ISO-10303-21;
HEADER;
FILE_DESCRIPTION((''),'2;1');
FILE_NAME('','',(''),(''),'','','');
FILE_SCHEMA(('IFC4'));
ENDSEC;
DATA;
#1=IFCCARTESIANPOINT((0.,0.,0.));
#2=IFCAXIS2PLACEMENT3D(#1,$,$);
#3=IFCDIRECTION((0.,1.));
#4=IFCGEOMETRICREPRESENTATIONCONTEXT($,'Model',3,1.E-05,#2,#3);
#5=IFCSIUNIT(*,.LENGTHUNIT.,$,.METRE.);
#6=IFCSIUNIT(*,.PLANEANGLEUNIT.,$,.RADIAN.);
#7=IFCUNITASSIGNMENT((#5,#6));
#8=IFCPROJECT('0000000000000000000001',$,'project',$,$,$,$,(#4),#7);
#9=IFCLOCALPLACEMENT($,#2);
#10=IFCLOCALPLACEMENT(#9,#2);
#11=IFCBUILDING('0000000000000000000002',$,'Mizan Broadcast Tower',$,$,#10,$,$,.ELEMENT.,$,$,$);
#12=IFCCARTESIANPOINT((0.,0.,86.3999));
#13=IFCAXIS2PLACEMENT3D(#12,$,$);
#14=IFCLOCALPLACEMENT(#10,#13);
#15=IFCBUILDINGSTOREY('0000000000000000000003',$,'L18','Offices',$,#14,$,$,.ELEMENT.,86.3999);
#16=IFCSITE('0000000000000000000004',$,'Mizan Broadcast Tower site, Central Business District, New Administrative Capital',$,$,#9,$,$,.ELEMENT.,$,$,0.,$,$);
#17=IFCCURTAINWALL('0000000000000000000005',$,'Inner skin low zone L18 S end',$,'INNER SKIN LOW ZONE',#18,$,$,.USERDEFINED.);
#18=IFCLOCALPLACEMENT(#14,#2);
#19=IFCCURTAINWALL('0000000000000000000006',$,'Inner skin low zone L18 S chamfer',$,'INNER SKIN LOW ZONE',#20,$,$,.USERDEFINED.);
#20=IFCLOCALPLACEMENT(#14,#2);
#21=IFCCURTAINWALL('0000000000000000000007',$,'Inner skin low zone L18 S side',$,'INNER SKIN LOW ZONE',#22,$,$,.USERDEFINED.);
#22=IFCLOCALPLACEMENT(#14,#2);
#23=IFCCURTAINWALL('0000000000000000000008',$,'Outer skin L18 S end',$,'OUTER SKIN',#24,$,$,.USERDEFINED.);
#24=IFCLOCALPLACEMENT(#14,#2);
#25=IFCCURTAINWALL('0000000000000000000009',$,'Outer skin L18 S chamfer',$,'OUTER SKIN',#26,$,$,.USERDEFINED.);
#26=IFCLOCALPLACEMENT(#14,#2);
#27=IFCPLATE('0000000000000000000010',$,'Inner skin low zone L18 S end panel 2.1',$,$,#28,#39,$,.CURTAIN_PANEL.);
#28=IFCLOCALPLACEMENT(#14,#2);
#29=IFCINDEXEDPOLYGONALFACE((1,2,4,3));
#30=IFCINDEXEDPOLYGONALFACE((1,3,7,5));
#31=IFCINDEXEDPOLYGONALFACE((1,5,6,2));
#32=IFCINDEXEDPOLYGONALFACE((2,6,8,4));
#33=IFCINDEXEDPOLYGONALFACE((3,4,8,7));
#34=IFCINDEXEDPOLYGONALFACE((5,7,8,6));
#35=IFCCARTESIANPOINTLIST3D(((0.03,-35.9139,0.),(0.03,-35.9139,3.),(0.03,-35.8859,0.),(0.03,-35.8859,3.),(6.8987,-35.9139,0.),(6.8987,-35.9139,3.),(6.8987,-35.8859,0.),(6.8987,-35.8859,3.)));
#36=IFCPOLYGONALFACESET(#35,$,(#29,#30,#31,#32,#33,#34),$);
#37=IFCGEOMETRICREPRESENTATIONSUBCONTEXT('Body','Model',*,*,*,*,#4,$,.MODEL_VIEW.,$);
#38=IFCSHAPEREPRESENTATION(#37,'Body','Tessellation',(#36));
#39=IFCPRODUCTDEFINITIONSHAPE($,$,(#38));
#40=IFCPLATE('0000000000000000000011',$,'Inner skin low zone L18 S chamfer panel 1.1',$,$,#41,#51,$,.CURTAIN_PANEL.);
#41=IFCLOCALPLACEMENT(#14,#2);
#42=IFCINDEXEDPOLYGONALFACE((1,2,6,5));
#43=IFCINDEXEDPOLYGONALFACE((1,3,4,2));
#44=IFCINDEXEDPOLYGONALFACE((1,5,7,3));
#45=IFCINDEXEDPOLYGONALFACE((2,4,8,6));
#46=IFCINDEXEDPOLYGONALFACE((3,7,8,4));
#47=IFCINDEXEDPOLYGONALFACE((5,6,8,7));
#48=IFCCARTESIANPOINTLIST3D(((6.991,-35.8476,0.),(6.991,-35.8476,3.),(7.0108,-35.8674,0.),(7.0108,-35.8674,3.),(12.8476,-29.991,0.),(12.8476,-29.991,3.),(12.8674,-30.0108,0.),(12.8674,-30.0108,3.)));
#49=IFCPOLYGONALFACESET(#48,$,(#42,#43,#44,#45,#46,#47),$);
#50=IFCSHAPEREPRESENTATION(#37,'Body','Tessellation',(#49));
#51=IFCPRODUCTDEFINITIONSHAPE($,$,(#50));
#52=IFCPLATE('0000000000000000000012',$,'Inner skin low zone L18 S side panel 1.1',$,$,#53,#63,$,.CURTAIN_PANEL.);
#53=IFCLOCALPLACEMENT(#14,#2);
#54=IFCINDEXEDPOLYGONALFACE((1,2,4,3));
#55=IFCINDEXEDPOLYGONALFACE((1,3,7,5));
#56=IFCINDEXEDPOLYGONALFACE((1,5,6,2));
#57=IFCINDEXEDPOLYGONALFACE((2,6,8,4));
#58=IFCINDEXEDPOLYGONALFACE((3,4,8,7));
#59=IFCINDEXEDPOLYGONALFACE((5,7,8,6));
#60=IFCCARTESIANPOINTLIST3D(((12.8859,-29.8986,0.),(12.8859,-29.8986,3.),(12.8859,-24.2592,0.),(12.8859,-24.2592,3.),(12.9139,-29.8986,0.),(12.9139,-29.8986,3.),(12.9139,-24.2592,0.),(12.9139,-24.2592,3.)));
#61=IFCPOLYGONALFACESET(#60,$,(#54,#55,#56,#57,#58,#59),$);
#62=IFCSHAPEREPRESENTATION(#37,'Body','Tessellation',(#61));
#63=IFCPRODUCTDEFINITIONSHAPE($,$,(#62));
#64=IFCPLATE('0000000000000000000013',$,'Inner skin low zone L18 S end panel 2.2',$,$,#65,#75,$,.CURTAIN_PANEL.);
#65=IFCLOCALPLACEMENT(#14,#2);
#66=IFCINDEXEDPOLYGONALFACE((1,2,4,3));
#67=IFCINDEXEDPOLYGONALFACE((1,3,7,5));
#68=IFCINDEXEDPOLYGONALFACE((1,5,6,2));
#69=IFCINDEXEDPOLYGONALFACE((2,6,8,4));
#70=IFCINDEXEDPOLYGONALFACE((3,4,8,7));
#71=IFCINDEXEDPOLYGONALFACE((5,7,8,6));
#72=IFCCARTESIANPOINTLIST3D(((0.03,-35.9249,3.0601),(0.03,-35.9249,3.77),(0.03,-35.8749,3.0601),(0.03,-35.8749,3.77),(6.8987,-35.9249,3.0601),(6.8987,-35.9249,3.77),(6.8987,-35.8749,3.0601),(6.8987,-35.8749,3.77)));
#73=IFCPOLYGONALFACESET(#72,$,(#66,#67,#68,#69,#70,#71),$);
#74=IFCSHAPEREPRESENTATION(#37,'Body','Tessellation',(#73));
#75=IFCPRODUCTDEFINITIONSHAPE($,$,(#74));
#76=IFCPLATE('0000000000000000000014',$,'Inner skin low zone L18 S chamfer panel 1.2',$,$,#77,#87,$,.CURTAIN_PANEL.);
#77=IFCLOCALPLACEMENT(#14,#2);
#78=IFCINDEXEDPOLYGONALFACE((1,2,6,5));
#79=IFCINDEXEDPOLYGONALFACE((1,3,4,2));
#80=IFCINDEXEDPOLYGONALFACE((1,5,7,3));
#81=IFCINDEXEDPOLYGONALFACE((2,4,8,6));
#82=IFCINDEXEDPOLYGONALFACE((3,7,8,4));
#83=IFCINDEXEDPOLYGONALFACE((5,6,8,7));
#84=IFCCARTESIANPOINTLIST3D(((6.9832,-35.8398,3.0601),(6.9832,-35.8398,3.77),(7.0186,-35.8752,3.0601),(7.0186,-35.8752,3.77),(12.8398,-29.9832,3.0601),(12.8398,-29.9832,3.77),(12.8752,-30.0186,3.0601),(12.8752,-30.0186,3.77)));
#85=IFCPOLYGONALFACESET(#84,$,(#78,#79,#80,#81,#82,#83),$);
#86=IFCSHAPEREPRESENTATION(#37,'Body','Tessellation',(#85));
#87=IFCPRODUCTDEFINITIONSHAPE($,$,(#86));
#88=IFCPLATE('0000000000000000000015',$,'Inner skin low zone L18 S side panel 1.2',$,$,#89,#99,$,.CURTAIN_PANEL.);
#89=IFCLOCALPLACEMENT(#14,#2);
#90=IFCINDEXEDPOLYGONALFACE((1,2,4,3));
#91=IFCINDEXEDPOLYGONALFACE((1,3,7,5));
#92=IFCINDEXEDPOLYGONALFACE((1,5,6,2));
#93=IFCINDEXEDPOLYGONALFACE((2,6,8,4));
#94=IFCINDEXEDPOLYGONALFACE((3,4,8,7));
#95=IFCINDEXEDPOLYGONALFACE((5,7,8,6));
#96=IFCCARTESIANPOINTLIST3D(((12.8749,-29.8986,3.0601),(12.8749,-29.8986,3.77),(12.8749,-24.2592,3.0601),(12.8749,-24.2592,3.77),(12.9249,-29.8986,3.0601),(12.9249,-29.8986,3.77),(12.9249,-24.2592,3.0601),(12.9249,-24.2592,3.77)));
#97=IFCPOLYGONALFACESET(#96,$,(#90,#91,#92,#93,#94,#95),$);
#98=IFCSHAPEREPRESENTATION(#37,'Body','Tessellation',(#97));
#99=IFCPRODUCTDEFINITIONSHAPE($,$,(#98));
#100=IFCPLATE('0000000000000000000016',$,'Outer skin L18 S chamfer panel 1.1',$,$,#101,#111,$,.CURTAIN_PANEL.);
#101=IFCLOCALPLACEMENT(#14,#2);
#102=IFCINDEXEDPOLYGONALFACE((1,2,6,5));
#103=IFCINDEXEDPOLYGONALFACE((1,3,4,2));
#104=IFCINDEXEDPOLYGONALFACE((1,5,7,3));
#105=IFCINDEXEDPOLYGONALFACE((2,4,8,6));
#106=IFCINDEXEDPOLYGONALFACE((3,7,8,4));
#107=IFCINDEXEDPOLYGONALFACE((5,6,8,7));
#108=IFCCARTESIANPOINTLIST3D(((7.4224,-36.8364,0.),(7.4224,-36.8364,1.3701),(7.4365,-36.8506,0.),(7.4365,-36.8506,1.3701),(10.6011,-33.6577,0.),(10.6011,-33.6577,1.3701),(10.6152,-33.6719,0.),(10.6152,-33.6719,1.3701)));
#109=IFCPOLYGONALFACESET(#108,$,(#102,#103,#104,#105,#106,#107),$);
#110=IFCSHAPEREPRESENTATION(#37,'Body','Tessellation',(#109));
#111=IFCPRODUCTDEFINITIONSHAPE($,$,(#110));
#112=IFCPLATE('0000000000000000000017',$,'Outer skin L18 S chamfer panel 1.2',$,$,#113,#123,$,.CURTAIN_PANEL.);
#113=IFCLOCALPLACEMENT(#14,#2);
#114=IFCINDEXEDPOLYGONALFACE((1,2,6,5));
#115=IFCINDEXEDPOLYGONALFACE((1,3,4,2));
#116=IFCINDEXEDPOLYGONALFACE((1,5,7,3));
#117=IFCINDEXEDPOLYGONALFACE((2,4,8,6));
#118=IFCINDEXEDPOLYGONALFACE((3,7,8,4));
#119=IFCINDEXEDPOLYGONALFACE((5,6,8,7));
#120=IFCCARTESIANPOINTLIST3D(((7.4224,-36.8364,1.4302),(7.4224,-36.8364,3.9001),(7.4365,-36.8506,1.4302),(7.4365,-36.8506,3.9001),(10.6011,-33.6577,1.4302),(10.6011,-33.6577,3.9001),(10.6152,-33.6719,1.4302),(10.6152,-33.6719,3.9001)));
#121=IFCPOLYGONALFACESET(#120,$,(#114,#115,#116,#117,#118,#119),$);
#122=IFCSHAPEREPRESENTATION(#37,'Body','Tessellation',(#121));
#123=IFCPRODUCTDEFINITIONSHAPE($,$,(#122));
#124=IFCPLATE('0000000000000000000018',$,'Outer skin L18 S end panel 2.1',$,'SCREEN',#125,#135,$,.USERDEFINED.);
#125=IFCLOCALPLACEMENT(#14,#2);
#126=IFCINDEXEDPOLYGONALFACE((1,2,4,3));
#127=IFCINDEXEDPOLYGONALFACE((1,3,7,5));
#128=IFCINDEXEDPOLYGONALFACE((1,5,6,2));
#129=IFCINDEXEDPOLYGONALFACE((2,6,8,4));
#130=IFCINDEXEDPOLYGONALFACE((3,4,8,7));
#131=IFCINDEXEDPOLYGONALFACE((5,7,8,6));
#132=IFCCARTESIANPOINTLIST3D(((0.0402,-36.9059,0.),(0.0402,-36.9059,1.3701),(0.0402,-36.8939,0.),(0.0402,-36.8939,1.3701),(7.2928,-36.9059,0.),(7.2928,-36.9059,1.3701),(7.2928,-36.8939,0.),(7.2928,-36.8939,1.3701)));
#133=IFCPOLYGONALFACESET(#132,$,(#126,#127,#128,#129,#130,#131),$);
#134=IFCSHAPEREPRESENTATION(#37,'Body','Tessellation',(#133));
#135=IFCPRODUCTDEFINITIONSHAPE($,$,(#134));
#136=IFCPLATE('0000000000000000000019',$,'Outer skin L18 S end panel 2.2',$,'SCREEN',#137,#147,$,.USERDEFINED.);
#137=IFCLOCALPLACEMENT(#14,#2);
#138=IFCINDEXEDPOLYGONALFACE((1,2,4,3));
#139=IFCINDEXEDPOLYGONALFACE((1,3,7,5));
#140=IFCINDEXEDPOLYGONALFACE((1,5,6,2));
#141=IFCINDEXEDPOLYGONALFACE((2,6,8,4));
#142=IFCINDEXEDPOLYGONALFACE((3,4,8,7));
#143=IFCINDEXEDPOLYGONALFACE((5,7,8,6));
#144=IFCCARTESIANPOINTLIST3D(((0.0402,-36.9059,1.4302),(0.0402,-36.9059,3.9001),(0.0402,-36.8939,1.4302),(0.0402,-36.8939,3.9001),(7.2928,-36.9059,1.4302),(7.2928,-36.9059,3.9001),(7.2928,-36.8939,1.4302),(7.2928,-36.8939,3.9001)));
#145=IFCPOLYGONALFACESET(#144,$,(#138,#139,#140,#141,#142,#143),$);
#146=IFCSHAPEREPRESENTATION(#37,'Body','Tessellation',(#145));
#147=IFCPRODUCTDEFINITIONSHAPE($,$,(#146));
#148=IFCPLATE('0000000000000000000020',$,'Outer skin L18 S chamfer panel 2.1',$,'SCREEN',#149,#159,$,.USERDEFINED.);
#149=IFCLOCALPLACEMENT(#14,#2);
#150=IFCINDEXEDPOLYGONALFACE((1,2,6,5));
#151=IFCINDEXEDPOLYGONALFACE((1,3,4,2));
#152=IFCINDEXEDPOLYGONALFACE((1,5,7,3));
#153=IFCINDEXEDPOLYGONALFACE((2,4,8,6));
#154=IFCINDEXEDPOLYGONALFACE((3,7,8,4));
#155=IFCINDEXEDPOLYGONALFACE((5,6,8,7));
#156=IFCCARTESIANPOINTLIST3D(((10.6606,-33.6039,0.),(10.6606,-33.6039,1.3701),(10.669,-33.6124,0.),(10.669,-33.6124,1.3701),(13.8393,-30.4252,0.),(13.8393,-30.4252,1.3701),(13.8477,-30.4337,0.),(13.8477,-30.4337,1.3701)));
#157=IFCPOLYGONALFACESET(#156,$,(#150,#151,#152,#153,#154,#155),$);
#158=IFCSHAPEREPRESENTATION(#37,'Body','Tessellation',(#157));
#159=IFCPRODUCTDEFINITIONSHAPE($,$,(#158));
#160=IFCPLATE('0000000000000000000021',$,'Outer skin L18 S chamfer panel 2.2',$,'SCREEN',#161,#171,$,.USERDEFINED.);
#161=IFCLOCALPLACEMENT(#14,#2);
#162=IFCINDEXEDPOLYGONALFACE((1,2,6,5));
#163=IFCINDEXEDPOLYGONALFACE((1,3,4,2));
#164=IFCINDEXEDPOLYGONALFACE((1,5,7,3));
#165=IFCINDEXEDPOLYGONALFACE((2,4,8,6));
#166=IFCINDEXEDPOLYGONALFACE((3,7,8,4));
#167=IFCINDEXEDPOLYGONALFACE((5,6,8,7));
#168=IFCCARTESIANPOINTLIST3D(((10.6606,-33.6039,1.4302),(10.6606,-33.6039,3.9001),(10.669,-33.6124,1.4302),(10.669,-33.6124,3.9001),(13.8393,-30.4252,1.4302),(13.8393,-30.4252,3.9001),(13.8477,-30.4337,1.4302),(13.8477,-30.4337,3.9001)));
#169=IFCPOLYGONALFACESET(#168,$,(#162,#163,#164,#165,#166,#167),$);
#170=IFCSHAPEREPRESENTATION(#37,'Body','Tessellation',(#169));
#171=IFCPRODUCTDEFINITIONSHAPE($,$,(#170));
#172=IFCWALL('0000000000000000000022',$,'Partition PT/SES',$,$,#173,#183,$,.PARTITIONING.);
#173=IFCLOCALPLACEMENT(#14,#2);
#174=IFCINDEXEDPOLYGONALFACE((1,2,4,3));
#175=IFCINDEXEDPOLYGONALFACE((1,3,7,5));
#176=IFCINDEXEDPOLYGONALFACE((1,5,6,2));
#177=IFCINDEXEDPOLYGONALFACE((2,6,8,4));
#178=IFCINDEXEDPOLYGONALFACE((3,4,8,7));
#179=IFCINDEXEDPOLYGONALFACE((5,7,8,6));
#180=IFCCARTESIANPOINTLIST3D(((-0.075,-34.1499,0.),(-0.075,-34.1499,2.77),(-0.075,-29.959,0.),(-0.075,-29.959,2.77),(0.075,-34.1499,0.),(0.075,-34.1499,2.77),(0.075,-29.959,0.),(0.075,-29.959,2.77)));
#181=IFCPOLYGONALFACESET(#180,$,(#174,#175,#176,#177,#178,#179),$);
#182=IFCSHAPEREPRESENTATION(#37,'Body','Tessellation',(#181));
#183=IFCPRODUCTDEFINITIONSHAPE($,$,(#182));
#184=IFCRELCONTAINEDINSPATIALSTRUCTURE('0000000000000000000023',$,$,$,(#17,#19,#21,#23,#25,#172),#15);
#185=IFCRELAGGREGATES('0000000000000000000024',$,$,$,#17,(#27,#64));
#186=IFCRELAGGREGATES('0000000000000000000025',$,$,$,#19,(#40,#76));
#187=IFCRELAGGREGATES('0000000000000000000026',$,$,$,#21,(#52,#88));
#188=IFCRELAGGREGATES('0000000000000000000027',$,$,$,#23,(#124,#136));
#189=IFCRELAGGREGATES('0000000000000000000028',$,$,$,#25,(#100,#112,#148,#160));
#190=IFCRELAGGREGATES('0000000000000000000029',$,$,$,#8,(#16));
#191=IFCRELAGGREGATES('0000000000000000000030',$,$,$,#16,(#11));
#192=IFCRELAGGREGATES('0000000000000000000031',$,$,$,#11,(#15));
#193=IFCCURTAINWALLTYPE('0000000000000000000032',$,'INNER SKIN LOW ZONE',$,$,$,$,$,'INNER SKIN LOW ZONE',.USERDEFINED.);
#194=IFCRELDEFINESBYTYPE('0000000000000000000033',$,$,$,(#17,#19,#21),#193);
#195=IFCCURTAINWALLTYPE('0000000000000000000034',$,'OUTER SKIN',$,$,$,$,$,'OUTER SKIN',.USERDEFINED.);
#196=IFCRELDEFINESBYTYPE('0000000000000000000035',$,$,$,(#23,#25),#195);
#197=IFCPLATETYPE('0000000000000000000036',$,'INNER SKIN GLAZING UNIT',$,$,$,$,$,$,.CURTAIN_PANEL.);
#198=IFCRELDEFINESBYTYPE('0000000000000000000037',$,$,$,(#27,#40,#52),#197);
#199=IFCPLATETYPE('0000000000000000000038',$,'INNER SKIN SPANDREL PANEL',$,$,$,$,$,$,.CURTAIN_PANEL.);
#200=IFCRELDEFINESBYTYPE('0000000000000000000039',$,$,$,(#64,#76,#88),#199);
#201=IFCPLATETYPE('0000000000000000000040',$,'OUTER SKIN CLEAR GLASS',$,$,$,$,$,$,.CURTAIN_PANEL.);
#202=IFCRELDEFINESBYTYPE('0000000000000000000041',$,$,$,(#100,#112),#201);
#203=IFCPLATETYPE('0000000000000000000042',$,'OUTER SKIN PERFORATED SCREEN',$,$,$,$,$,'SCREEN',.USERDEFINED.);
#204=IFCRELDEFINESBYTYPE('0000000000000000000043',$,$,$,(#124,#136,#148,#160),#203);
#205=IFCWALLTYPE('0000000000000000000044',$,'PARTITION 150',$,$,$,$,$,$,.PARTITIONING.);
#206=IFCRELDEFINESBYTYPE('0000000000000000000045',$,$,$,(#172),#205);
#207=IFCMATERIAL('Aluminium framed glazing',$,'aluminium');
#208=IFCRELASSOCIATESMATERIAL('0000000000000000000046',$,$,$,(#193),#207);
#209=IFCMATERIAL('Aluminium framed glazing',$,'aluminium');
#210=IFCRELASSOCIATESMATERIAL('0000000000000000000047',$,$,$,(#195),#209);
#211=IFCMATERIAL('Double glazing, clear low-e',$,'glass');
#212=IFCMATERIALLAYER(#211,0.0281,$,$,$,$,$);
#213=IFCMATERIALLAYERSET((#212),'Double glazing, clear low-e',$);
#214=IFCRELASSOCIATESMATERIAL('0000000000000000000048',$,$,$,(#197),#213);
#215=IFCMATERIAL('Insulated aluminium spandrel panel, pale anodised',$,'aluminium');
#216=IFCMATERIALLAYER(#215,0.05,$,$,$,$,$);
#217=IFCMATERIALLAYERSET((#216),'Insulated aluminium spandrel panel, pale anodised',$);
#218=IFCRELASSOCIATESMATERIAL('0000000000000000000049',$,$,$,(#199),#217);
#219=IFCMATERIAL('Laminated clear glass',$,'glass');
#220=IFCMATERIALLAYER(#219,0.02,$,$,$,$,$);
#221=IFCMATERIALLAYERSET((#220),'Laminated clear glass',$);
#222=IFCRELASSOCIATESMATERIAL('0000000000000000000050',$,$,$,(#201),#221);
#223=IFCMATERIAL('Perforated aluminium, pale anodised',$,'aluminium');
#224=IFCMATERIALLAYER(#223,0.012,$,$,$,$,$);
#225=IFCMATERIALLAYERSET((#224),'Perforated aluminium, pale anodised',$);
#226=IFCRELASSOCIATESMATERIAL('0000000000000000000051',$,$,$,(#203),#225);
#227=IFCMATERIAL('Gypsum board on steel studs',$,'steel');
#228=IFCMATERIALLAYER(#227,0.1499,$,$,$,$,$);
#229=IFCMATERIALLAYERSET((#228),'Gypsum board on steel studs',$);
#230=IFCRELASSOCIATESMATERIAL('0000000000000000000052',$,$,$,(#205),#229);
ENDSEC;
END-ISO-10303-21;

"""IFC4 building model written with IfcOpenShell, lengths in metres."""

from ifc_helpers import new_model, si_unit, direction, frame, frame_2d, origin, origin_2d, place, context, subcontext, project, spatial, rectangle, extrude, material, layer, layer_set, type_object, element, aggregate, save


model = new_model("IFC4")

# Units and contexts
model_context = context("Model", 3, precision=1e-05, world=origin(), true_north=direction((0.0, 1.0)))
body_context = subcontext(model_context, "Body", "Model", "MODEL_VIEW")
ifc_project = project(units=[si_unit("LENGTHUNIT", "METRE"), si_unit("PLANEANGLEUNIT", "RADIAN")], contexts=[model_context])

# Site, building, storey
site_placement = place(None, origin())
site = spatial("IfcSite", under=ifc_project, at=site_placement, Name="Mizan Broadcast Tower site, Central Business District, New Administrative Capital", CompositionType="ELEMENT", RefElevation=0.0)
building_placement = place(site_placement, origin())
building = spatial("IfcBuilding", under=site, at=building_placement, Name="Mizan Broadcast Tower", CompositionType="ELEMENT")
storey_placement = place(building_placement, frame((0.0, 0.0, 86.3999)))
storey = spatial("IfcBuildingStorey", under=building, at=storey_placement, Name="L18", Description="Offices", CompositionType="ELEMENT", Elevation=86.3999)

# Curtain wall
ifc_material_1 = material(Name="Aluminium framed glazing", Category="aluminium")
curtain_wall_type_1 = type_object("IfcCurtainWallType", Name="INNER SKIN LOW ZONE", ElementType="INNER SKIN LOW ZONE", PredefinedType="USERDEFINED", material=ifc_material_1)
curtain_wall_1_placement = place(storey_placement, origin())
curtain_wall_1 = element("IfcCurtainWall", 1, at=curtain_wall_1_placement, inside=storey, type_object=curtain_wall_type_1, Name="Inner skin low zone L18 S end", ObjectType="INNER SKIN LOW ZONE", PredefinedType="USERDEFINED")

# Curtain walls
curtain_wall_2_placement = place(storey_placement, origin())
curtain_wall_2 = element("IfcCurtainWall", 2, at=curtain_wall_2_placement, inside=storey, type_object=curtain_wall_type_1, Name="Inner skin low zone L18 S chamfer", ObjectType="INNER SKIN LOW ZONE", PredefinedType="USERDEFINED")
curtain_wall_3_placement = place(storey_placement, origin())
curtain_wall_3 = element("IfcCurtainWall", 3, at=curtain_wall_3_placement, inside=storey, type_object=curtain_wall_type_1, Name="Inner skin low zone L18 S side", ObjectType="INNER SKIN LOW ZONE", PredefinedType="USERDEFINED")

# Curtain wall
ifc_material_2 = material(Name="Aluminium framed glazing", Category="aluminium")
curtain_wall_type_2 = type_object("IfcCurtainWallType", Name="OUTER SKIN", ElementType="OUTER SKIN", PredefinedType="USERDEFINED", material=ifc_material_2)
curtain_wall_4_placement = place(storey_placement, origin())
curtain_wall_4 = element("IfcCurtainWall", 4, at=curtain_wall_4_placement, inside=storey, type_object=curtain_wall_type_2, Name="Outer skin L18 S end", ObjectType="OUTER SKIN", PredefinedType="USERDEFINED")

# Curtain wall
curtain_wall_5_placement = place(storey_placement, origin())
curtain_wall_5 = element("IfcCurtainWall", 5, at=curtain_wall_5_placement, inside=storey, type_object=curtain_wall_type_2, Name="Outer skin L18 S chamfer", ObjectType="OUTER SKIN", PredefinedType="USERDEFINED")

# Plates
ifc_material_3 = material(Name="Double glazing, clear low-e", Category="glass")
ifc_layer_1 = layer(ifc_material_3, 0.0281)
ifc_layer_set_1 = layer_set([ifc_layer_1], Name="Double glazing, clear low-e")
plate_type_1 = type_object("IfcPlateType", Name="INNER SKIN GLAZING UNIT", PredefinedType="CURTAIN_PANEL", material=ifc_layer_set_1)
plate_1_placement = place(storey_placement, frame((3.4644, -35.8999, 0.0), z_axis=(0.0, 0.0, 1.0), x_axis=(1.0, 0.0, 0.0)))
plate_1 = element("IfcPlate", 6, at=plate_1_placement, type_object=plate_type_1, Name="Inner skin low zone L18 S end panel 2.1", PredefinedType="CURTAIN_PANEL", context=body_context, shape_type="SweptSolid", body=[
    extrude(rectangle(XDim=6.8687, YDim=0.0281, at=origin_2d()), origin(), (0.0, 0.0, 1.0), 3.0),
])
plate_2_placement = place(storey_placement, frame((9.9292, -32.9292, 0.0), z_axis=(0.0, 0.0, 1.0), x_axis=(0.707107, 0.707107, 0.0)))
plate_2 = element("IfcPlate", 7, at=plate_2_placement, type_object=plate_type_1, Name="Inner skin low zone L18 S chamfer panel 1.1", PredefinedType="CURTAIN_PANEL", context=body_context, shape_type="SweptSolid", body=[
    extrude(rectangle(XDim=8.2825, YDim=0.0281, at=origin_2d()), origin(), (0.0, 0.0, 1.0), 3.0),
])
plate_3_placement = place(storey_placement, frame((12.8999, -27.0789, 0.0), z_axis=(0.0, 0.0, 1.0), x_axis=(0.0, 1.0, 0.0)))
plate_3 = element("IfcPlate", 8, at=plate_3_placement, type_object=plate_type_1, Name="Inner skin low zone L18 S side panel 1.1", PredefinedType="CURTAIN_PANEL", context=body_context, shape_type="SweptSolid", body=[
    extrude(rectangle(XDim=5.6394, YDim=0.0281, at=origin_2d()), origin(), (0.0, 0.0, 1.0), 3.0),
])
ifc_material_4 = material(Name="Insulated aluminium spandrel panel, pale anodised", Category="aluminium")
ifc_layer_2 = layer(ifc_material_4, 0.05)
ifc_layer_set_2 = layer_set([ifc_layer_2], Name="Insulated aluminium spandrel panel, pale anodised")
plate_type_2 = type_object("IfcPlateType", Name="INNER SKIN SPANDREL PANEL", PredefinedType="CURTAIN_PANEL", material=ifc_layer_set_2)
plate_4_placement = place(storey_placement, frame((3.4644, -35.8999, 3.0601), z_axis=(0.0, 0.0, 1.0), x_axis=(1.0, 0.0, 0.0)))
plate_4 = element("IfcPlate", 9, at=plate_4_placement, type_object=plate_type_2, Name="Inner skin low zone L18 S end panel 2.2", PredefinedType="CURTAIN_PANEL", context=body_context, shape_type="SweptSolid", body=[
    extrude(rectangle(XDim=6.8687, YDim=0.05, at=origin_2d()), origin(), (0.0, 0.0, 1.0), 0.71),
])
aggregate(curtain_wall_1, [plate_1, plate_4])
plate_5_placement = place(storey_placement, frame((9.9292, -32.9292, 3.0601), z_axis=(0.0, 0.0, 1.0), x_axis=(0.707107, 0.707107, 0.0)))
plate_5 = element("IfcPlate", 10, at=plate_5_placement, type_object=plate_type_2, Name="Inner skin low zone L18 S chamfer panel 1.2", PredefinedType="CURTAIN_PANEL", context=body_context, shape_type="SweptSolid", body=[
    extrude(rectangle(XDim=8.2825, YDim=0.05, at=origin_2d()), origin(), (0.0, 0.0, 1.0), 0.71),
])
aggregate(curtain_wall_2, [plate_2, plate_5])
plate_6_placement = place(storey_placement, frame((12.8999, -27.0789, 3.0601), z_axis=(0.0, 0.0, 1.0), x_axis=(0.0, 1.0, 0.0)))
plate_6 = element("IfcPlate", 11, at=plate_6_placement, type_object=plate_type_2, Name="Inner skin low zone L18 S side panel 1.2", PredefinedType="CURTAIN_PANEL", context=body_context, shape_type="SweptSolid", body=[
    extrude(rectangle(XDim=5.6394, YDim=0.05, at=origin_2d()), origin(), (0.0, 0.0, 1.0), 0.71),
])
aggregate(curtain_wall_3, [plate_3, plate_6])
ifc_material_5 = material(Name="Laminated clear glass", Category="glass")
ifc_layer_3 = layer(ifc_material_5, 0.02)
ifc_layer_set_3 = layer_set([ifc_layer_3], Name="Laminated clear glass")
plate_type_3 = type_object("IfcPlateType", Name="OUTER SKIN CLEAR GLASS", PredefinedType="CURTAIN_PANEL", material=ifc_layer_set_3)
plate_7_placement = place(storey_placement, frame((9.0188, -35.2542, 0.0), z_axis=(0.0, 0.0, 1.0), x_axis=(0.707107, 0.707107, 0.0)))
plate_7 = element("IfcPlate", 12, at=plate_7_placement, type_object=plate_type_3, Name="Outer skin L18 S chamfer panel 1.1", PredefinedType="CURTAIN_PANEL", context=body_context, shape_type="SweptSolid", body=[
    extrude(rectangle(XDim=4.4954, YDim=0.02, at=origin_2d()), origin(), (0.0, 0.0, 1.0), 1.3701),
])
plate_8_placement = place(storey_placement, frame((9.0188, -35.2542, 1.4302), z_axis=(0.0, 0.0, 1.0), x_axis=(0.707107, 0.707107, 0.0)))
plate_8 = element("IfcPlate", 13, at=plate_8_placement, type_object=plate_type_3, Name="Outer skin L18 S chamfer panel 1.2", PredefinedType="CURTAIN_PANEL", context=body_context, shape_type="SweptSolid", body=[
    extrude(rectangle(XDim=4.4954, YDim=0.02, at=origin_2d()), origin(), (0.0, 0.0, 1.0), 2.47),
])
ifc_material_6 = material(Name="Perforated aluminium, pale anodised", Category="aluminium")
ifc_layer_4 = layer(ifc_material_6, 0.012)
ifc_layer_set_4 = layer_set([ifc_layer_4], Name="Perforated aluminium, pale anodised")
plate_type_4 = type_object("IfcPlateType", Name="OUTER SKIN PERFORATED SCREEN", ElementType="SCREEN", PredefinedType="USERDEFINED", material=ifc_layer_set_4)
plate_9_placement = place(storey_placement, frame((3.6665, -36.8999, 0.0), z_axis=(0.0, 0.0, 1.0), x_axis=(1.0, 0.0, 0.0)))
plate_9 = element("IfcPlate", 14, at=plate_9_placement, type_object=plate_type_4, Name="Outer skin L18 S end panel 2.1", ObjectType="SCREEN", PredefinedType="USERDEFINED", context=body_context, shape_type="SweptSolid", body=[
    extrude(rectangle(XDim=7.2527, YDim=0.012, at=origin_2d()), origin(), (0.0, 0.0, 1.0), 1.3701),
])
plate_10_placement = place(storey_placement, frame((3.6665, -36.8999, 1.4302), z_axis=(0.0, 0.0, 1.0), x_axis=(1.0, 0.0, 0.0)))
plate_10 = element("IfcPlate", 15, at=plate_10_placement, type_object=plate_type_4, Name="Outer skin L18 S end panel 2.2", ObjectType="SCREEN", PredefinedType="USERDEFINED", context=body_context, shape_type="SweptSolid", body=[
    extrude(rectangle(XDim=7.2527, YDim=0.012, at=origin_2d()), origin(), (0.0, 0.0, 1.0), 2.47),
])
aggregate(curtain_wall_4, [plate_9, plate_10])
plate_11_placement = place(storey_placement, frame((12.2542, -32.0188, 0.0), z_axis=(0.0, 0.0, 1.0), x_axis=(0.707107, 0.707107, 0.0)))
plate_11 = element("IfcPlate", 16, at=plate_11_placement, type_object=plate_type_4, Name="Outer skin L18 S chamfer panel 2.1", ObjectType="SCREEN", PredefinedType="USERDEFINED", context=body_context, shape_type="SweptSolid", body=[
    extrude(rectangle(XDim=4.4954, YDim=0.012, at=origin_2d()), origin(), (0.0, 0.0, 1.0), 1.3701),
])
plate_12_placement = place(storey_placement, frame((12.2542, -32.0188, 1.4302), z_axis=(0.0, 0.0, 1.0), x_axis=(0.707107, 0.707107, 0.0)))
plate_12 = element("IfcPlate", 17, at=plate_12_placement, type_object=plate_type_4, Name="Outer skin L18 S chamfer panel 2.2", ObjectType="SCREEN", PredefinedType="USERDEFINED", context=body_context, shape_type="SweptSolid", body=[
    extrude(rectangle(XDim=4.4954, YDim=0.012, at=origin_2d()), origin(), (0.0, 0.0, 1.0), 2.47),
])
aggregate(curtain_wall_5, [plate_7, plate_8, plate_11, plate_12])

# Wall
ifc_material_7 = material(Name="Gypsum board on steel studs", Category="steel")
ifc_layer_5 = layer(ifc_material_7, 0.1499)
ifc_layer_set_5 = layer_set([ifc_layer_5], Name="Gypsum board on steel studs")
wall_type = type_object("IfcWallType", Name="PARTITION 150", PredefinedType="PARTITIONING", material=ifc_layer_set_5)
wall_placement = place(storey_placement, frame((0.0, -29.959, 0.0), z_axis=(0.0, 0.0, 1.0), x_axis=(0.0, -1.0, 0.0)))
element("IfcWall", 18, at=wall_placement, inside=storey, type_object=wall_type, Name="Partition PT/SES", PredefinedType="PARTITIONING", context=body_context, shape_type="SweptSolid", body=[
    extrude(rectangle(XDim=4.1909, YDim=0.1499, at=frame_2d((2.0955, 0.0))), origin(), (0.0, 0.0, 1.0), 2.77),
])

save(model, "model.ifc")
